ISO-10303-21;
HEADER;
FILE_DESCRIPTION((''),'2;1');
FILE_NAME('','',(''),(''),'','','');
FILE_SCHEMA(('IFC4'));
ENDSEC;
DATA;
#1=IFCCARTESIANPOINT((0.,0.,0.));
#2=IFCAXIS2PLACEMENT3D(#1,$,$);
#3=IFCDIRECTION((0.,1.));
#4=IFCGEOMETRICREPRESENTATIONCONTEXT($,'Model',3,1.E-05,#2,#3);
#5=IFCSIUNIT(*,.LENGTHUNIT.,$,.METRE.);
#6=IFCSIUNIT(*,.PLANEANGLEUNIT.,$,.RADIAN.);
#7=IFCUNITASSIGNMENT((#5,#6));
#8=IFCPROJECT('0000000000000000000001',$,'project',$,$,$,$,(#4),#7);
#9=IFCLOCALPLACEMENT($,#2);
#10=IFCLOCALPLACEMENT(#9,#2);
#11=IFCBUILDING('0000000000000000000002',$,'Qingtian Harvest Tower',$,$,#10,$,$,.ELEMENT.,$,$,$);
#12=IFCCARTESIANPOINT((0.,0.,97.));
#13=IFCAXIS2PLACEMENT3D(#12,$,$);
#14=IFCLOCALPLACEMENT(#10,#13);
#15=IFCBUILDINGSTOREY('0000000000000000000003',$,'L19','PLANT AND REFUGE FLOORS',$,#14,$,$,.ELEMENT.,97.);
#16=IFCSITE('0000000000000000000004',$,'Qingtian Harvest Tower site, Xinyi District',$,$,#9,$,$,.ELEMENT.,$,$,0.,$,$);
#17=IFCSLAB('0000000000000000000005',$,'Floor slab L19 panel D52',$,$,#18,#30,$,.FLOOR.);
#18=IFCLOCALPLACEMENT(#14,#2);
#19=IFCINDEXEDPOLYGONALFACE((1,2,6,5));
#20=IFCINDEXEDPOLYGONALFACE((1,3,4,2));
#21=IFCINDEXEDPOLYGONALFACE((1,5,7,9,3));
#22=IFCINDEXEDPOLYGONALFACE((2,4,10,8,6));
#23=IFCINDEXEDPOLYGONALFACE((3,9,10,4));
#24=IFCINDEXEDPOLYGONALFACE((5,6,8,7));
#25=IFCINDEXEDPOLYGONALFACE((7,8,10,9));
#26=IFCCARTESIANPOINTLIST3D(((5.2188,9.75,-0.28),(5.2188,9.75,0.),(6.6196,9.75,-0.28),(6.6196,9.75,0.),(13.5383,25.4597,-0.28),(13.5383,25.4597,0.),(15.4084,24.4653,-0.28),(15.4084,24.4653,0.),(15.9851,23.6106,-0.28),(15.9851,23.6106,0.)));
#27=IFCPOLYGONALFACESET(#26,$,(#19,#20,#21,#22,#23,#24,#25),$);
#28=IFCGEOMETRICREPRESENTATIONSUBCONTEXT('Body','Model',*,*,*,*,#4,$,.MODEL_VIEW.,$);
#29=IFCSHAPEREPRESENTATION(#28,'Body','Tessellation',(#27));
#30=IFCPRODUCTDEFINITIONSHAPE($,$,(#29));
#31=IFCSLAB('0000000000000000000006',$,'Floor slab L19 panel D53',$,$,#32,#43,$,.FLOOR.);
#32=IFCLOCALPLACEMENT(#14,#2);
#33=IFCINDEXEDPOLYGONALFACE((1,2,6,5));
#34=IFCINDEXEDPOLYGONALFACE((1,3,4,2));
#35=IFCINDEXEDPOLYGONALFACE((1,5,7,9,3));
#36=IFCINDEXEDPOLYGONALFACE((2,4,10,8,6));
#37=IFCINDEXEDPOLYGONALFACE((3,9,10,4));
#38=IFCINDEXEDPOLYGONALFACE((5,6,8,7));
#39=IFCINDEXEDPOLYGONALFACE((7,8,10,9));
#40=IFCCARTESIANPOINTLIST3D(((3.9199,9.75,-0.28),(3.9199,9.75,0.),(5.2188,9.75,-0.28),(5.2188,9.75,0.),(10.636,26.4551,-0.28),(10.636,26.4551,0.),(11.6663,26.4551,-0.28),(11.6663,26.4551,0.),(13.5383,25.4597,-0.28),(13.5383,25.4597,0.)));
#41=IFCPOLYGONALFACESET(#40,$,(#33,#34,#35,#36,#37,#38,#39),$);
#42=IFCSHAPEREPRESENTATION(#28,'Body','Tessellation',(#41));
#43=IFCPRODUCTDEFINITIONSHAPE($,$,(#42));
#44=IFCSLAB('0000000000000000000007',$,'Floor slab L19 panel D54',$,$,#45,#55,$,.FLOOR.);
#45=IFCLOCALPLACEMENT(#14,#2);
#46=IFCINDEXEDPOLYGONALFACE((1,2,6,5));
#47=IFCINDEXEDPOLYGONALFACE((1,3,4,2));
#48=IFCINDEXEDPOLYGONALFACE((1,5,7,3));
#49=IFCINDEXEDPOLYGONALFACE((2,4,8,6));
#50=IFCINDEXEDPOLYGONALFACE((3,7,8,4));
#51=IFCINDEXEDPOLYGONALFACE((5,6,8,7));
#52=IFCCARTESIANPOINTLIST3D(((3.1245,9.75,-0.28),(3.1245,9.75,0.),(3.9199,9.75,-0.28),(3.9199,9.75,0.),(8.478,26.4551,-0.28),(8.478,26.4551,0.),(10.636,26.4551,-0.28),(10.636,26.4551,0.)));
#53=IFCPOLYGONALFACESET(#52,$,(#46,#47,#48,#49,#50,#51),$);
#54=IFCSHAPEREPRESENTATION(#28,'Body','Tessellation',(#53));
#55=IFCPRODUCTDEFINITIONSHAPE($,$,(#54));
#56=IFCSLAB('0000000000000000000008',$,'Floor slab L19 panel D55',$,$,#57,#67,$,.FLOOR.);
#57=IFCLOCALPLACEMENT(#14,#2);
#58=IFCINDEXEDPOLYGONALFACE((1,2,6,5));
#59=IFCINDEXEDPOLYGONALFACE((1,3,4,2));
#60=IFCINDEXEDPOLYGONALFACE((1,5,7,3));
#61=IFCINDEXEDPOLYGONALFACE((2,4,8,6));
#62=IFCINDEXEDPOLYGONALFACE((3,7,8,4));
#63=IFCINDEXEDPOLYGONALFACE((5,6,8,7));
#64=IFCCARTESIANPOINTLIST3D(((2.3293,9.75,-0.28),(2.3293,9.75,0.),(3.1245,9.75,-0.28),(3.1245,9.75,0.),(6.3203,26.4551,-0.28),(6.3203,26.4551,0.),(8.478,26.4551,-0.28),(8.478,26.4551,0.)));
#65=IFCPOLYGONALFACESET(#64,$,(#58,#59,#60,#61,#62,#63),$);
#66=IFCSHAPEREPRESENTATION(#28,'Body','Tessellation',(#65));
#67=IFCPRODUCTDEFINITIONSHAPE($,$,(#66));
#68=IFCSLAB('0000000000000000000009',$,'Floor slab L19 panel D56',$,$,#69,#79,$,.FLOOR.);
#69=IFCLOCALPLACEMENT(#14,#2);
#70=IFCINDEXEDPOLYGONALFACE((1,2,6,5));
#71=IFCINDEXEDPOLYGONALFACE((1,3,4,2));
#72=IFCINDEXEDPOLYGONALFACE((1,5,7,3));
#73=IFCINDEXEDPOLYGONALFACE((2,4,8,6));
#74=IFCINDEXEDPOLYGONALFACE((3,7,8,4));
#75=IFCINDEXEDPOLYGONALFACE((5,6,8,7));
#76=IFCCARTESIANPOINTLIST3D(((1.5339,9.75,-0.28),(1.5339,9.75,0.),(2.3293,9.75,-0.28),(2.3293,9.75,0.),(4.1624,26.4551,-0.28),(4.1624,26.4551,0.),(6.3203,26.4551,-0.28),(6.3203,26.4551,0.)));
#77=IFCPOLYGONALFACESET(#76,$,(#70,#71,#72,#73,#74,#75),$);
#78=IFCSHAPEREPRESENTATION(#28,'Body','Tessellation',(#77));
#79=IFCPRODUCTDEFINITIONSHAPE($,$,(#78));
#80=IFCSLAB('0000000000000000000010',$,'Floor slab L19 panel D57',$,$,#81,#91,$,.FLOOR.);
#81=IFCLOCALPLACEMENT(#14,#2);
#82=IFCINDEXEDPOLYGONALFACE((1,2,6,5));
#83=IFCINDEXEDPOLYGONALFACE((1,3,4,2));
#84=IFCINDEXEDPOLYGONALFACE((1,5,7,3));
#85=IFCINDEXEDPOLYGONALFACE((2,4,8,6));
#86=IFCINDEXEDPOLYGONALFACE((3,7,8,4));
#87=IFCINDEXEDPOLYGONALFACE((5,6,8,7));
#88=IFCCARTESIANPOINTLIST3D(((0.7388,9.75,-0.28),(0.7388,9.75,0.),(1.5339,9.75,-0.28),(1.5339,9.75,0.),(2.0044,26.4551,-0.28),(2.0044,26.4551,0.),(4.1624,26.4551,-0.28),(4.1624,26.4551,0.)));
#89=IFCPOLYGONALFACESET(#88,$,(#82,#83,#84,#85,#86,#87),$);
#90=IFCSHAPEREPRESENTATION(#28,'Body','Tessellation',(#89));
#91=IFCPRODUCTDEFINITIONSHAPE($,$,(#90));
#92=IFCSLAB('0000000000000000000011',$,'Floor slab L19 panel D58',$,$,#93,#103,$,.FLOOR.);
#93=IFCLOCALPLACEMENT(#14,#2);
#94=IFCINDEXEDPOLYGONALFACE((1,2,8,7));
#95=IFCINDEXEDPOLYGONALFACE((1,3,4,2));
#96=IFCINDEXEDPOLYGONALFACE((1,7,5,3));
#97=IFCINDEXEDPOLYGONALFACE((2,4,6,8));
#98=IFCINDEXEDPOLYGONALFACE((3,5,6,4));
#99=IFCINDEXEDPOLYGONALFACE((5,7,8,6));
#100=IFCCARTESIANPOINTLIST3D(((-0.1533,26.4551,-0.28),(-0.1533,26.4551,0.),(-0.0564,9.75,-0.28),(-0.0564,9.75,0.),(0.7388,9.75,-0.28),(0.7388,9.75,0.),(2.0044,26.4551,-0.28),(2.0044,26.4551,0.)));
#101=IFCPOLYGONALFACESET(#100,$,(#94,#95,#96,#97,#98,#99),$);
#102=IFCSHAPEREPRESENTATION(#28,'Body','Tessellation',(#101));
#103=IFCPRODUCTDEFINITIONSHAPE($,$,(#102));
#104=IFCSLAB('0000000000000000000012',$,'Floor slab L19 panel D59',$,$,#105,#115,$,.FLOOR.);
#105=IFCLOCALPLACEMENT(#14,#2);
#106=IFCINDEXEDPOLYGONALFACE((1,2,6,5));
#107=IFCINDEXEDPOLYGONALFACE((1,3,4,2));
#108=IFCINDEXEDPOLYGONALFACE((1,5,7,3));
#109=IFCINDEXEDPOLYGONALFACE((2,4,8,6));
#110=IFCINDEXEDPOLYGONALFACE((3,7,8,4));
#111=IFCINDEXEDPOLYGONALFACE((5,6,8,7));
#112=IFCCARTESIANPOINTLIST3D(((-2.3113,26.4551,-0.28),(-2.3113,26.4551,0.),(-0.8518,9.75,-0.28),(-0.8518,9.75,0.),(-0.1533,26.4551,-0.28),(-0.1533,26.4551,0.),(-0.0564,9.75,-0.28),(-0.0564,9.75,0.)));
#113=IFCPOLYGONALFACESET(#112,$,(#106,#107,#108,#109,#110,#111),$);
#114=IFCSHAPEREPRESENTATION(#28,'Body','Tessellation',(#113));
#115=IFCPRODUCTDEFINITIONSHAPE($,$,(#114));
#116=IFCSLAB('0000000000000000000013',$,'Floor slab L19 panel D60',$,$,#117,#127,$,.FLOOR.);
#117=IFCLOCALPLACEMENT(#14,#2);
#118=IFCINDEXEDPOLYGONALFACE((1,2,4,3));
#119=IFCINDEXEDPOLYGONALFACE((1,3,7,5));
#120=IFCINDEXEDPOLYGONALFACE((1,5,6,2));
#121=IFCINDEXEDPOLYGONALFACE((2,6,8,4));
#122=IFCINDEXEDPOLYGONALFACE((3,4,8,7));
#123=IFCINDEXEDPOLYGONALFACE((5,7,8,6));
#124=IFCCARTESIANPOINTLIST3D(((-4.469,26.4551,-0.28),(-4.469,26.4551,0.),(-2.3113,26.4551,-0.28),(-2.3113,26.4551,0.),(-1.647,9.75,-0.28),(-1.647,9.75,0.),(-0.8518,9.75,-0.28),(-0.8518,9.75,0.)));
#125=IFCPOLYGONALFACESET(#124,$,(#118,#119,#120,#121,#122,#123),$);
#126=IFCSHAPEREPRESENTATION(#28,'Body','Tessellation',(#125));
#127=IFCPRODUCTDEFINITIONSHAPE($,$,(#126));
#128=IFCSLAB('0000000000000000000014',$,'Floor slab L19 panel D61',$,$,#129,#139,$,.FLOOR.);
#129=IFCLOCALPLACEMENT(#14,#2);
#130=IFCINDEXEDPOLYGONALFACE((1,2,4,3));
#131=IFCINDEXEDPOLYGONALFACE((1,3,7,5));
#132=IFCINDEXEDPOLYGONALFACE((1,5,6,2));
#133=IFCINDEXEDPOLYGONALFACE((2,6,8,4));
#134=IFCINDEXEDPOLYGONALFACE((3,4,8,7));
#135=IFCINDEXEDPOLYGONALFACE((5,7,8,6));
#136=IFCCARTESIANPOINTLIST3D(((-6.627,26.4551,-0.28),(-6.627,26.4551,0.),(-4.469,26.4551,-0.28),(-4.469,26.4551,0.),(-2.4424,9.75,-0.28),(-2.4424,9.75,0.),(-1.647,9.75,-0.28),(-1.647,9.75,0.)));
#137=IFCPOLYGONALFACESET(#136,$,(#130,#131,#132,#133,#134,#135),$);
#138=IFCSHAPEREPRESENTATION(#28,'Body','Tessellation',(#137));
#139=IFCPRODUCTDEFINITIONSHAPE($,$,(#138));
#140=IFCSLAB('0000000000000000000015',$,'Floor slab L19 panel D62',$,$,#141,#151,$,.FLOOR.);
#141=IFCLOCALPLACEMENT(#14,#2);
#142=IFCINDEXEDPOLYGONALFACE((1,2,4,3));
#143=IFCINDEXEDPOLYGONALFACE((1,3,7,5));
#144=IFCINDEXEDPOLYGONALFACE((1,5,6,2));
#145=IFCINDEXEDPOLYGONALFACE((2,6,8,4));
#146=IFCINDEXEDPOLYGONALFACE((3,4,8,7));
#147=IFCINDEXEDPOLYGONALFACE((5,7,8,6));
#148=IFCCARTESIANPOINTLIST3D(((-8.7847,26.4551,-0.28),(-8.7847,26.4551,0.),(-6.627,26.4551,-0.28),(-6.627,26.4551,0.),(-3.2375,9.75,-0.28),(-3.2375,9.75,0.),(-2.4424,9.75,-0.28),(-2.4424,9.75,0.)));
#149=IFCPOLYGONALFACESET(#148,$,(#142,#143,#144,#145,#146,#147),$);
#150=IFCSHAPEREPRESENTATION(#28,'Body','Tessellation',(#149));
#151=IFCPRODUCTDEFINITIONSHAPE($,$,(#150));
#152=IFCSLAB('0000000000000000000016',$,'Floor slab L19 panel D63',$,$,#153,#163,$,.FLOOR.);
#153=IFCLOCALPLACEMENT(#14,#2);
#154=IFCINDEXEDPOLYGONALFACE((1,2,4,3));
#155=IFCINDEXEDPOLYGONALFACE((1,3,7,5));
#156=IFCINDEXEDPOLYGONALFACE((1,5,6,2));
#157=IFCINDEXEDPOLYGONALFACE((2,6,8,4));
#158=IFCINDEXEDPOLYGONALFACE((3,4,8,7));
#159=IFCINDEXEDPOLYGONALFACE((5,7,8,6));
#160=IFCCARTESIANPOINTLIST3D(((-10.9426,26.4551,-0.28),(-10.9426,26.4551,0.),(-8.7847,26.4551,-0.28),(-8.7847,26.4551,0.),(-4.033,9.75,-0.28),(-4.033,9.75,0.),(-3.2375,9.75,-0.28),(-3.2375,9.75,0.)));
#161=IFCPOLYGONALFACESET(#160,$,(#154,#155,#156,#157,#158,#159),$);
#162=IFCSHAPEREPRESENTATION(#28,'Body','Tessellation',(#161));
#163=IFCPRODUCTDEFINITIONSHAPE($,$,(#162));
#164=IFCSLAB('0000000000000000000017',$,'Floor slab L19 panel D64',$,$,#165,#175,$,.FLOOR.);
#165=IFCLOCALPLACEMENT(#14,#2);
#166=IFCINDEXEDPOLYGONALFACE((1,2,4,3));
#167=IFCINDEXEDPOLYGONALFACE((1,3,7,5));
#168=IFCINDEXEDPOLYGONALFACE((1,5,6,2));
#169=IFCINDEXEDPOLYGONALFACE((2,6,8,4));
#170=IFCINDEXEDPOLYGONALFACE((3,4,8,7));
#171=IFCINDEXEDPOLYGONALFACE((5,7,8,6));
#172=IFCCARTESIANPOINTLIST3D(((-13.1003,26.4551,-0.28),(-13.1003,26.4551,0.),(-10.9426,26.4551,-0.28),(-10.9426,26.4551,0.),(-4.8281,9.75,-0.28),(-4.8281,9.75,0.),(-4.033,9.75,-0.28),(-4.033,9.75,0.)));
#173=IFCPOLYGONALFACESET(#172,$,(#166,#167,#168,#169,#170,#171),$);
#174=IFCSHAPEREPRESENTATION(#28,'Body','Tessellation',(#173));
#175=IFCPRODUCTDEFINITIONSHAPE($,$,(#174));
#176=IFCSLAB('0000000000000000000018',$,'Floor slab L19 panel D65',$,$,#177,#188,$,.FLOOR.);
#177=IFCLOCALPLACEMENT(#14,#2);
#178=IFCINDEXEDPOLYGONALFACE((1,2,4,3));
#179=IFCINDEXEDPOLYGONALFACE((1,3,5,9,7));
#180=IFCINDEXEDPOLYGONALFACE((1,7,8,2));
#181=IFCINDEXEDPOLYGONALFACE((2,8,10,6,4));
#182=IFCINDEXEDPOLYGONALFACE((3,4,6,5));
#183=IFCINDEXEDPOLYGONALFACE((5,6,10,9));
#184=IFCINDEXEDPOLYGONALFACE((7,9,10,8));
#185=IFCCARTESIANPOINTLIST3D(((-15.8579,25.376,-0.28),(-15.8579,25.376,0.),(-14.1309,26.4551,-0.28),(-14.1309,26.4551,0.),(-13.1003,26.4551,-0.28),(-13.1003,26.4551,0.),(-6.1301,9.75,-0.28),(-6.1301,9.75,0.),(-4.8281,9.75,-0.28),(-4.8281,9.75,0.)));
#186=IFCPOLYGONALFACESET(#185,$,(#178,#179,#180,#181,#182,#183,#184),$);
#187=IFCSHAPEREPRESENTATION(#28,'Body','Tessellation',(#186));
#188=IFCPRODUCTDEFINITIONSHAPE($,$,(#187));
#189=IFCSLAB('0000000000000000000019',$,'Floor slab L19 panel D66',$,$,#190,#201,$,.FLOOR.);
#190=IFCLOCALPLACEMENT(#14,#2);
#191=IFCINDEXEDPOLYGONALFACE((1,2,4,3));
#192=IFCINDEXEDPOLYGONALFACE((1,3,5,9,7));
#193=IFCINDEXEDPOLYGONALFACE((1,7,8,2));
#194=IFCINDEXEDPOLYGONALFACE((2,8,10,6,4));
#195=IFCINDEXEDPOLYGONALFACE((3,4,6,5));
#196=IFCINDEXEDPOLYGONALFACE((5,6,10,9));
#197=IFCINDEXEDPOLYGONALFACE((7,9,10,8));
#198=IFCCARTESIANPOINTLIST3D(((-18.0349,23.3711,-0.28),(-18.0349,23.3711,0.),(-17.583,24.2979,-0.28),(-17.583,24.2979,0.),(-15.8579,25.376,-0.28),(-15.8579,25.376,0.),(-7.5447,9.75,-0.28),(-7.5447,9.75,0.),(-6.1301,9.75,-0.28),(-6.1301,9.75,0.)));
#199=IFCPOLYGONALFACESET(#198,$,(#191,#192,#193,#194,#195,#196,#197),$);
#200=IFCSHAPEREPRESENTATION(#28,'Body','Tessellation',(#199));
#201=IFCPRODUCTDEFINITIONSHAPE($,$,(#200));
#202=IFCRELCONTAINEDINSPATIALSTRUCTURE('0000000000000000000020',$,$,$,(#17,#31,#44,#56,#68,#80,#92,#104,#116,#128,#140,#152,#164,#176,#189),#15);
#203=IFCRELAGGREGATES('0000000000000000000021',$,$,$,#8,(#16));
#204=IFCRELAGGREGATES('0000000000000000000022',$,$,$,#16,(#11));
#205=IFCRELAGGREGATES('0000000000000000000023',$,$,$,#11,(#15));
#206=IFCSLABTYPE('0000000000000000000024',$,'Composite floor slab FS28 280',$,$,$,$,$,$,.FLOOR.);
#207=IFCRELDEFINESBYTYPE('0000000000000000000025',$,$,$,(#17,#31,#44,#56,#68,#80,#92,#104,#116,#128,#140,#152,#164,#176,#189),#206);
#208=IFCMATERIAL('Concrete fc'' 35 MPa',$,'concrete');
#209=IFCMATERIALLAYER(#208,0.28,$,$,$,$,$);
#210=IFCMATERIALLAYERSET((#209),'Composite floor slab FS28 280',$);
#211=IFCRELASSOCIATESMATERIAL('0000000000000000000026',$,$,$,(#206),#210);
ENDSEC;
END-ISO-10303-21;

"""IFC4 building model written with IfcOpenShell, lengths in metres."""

from ifc_helpers import new_model, si_unit, direction, frame, origin, place, context, subcontext, project, spatial, polyline, outline, extrude, material, layer, layer_set, type_object, element, save


model = new_model("IFC4")

# Units and contexts
model_context = context("Model", 3, precision=1e-05, world=origin(), true_north=direction((0.0, 1.0)))
body_context = subcontext(model_context, "Body", "Model", "MODEL_VIEW")
ifc_project = project(units=[si_unit("LENGTHUNIT", "METRE"), si_unit("PLANEANGLEUNIT", "RADIAN")], contexts=[model_context])

# Site, building, storey
site_placement = place(None, origin())
site = spatial("IfcSite", under=ifc_project, at=site_placement, Name="Qingtian Harvest Tower site, Xinyi District", CompositionType="ELEMENT", RefElevation=0.0)
building_placement = place(site_placement, origin())
building = spatial("IfcBuilding", under=site, at=building_placement, Name="Qingtian Harvest Tower", CompositionType="ELEMENT")
storey_placement = place(building_placement, frame((0.0, 0.0, 97.0)))
storey = spatial("IfcBuildingStorey", under=building, at=storey_placement, Name="L19", Description="PLANT AND REFUGE FLOORS", CompositionType="ELEMENT", Elevation=97.0)

# Slabs
ifc_material_1 = material(Name="Concrete fc' 35 MPa", Category="concrete")
ifc_layer_1 = layer(ifc_material_1, 0.28)
ifc_layer_set_1 = layer_set([ifc_layer_1], Name="Composite floor slab FS28 280")
slab_type = type_object("IfcSlabType", Name="Composite floor slab FS28 280", PredefinedType="FLOOR", material=ifc_layer_set_1)
slab_1_placement = place(storey_placement, frame((0.0, 0.0, -0.28)))
element("IfcSlab", 1, at=slab_1_placement, inside=storey, type_object=slab_type, Name="Floor slab L19 panel D52", PredefinedType="FLOOR", context=body_context, shape_type="SweptSolid", body=[
    extrude(outline(polyline([(6.6196, 9.75), (5.2188, 9.75), (13.5383, 25.4597), (15.4084, 24.4653), (15.9851, 23.6106), (6.6196, 9.75)])), origin(), (0.0, 0.0, 1.0), 0.28),
])
slab_2_placement = place(storey_placement, frame((0.0, 0.0, -0.28)))
element("IfcSlab", 2, at=slab_2_placement, inside=storey, type_object=slab_type, Name="Floor slab L19 panel D53", PredefinedType="FLOOR", context=body_context, shape_type="SweptSolid", body=[
    extrude(outline(polyline([(3.9199, 9.75), (10.636, 26.4551), (11.6663, 26.4551), (13.5383, 25.4597), (5.2188, 9.75), (3.9199, 9.75)])), origin(), (0.0, 0.0, 1.0), 0.28),
])
slab_3_placement = place(storey_placement, frame((0.0, 0.0, -0.28)))
element("IfcSlab", 3, at=slab_3_placement, inside=storey, type_object=slab_type, Name="Floor slab L19 panel D54", PredefinedType="FLOOR", context=body_context, shape_type="SweptSolid", body=[
    extrude(outline(polyline([(3.1245, 9.75), (8.478, 26.4551), (10.636, 26.4551), (3.9199, 9.75), (3.1245, 9.75)])), origin(), (0.0, 0.0, 1.0), 0.28),
])
slab_4_placement = place(storey_placement, frame((0.0, 0.0, -0.28)))
element("IfcSlab", 4, at=slab_4_placement, inside=storey, type_object=slab_type, Name="Floor slab L19 panel D55", PredefinedType="FLOOR", context=body_context, shape_type="SweptSolid", body=[
    extrude(outline(polyline([(2.3293, 9.75), (6.3203, 26.4551), (8.478, 26.4551), (3.1245, 9.75), (2.3293, 9.75)])), origin(), (0.0, 0.0, 1.0), 0.28),
])
slab_5_placement = place(storey_placement, frame((0.0, 0.0, -0.28)))
element("IfcSlab", 5, at=slab_5_placement, inside=storey, type_object=slab_type, Name="Floor slab L19 panel D56", PredefinedType="FLOOR", context=body_context, shape_type="SweptSolid", body=[
    extrude(outline(polyline([(1.5339, 9.75), (4.1624, 26.4551), (6.3203, 26.4551), (2.3293, 9.75), (1.5339, 9.75)])), origin(), (0.0, 0.0, 1.0), 0.28),
])
slab_6_placement = place(storey_placement, frame((0.0, 0.0, -0.28)))
element("IfcSlab", 6, at=slab_6_placement, inside=storey, type_object=slab_type, Name="Floor slab L19 panel D57", PredefinedType="FLOOR", context=body_context, shape_type="SweptSolid", body=[
    extrude(outline(polyline([(0.7388, 9.75), (2.0044, 26.4551), (4.1624, 26.4551), (1.5339, 9.75), (0.7388, 9.75)])), origin(), (0.0, 0.0, 1.0), 0.28),
])
slab_7_placement = place(storey_placement, frame((0.0, 0.0, -0.28)))
element("IfcSlab", 7, at=slab_7_placement, inside=storey, type_object=slab_type, Name="Floor slab L19 panel D58", PredefinedType="FLOOR", context=body_context, shape_type="SweptSolid", body=[
    extrude(outline(polyline([(-0.0564, 9.75), (-0.1533, 26.4551), (2.0044, 26.4551), (0.7388, 9.75), (-0.0564, 9.75)])), origin(), (0.0, 0.0, 1.0), 0.28),
])
slab_8_placement = place(storey_placement, frame((0.0, 0.0, -0.28)))
element("IfcSlab", 8, at=slab_8_placement, inside=storey, type_object=slab_type, Name="Floor slab L19 panel D59", PredefinedType="FLOOR", context=body_context, shape_type="SweptSolid", body=[
    extrude(outline(polyline([(-0.8518, 9.75), (-2.3113, 26.4551), (-0.1533, 26.4551), (-0.0564, 9.75), (-0.8518, 9.75)])), origin(), (0.0, 0.0, 1.0), 0.28),
])
slab_9_placement = place(storey_placement, frame((0.0, 0.0, -0.28)))
element("IfcSlab", 9, at=slab_9_placement, inside=storey, type_object=slab_type, Name="Floor slab L19 panel D60", PredefinedType="FLOOR", context=body_context, shape_type="SweptSolid", body=[
    extrude(outline(polyline([(-1.647, 9.75), (-4.469, 26.4551), (-2.3113, 26.4551), (-0.8518, 9.75), (-1.647, 9.75)])), origin(), (0.0, 0.0, 1.0), 0.28),
])
slab_10_placement = place(storey_placement, frame((0.0, 0.0, -0.28)))
element("IfcSlab", 10, at=slab_10_placement, inside=storey, type_object=slab_type, Name="Floor slab L19 panel D61", PredefinedType="FLOOR", context=body_context, shape_type="SweptSolid", body=[
    extrude(outline(polyline([(-2.4424, 9.75), (-6.627, 26.4551), (-4.469, 26.4551), (-1.647, 9.75), (-2.4424, 9.75)])), origin(), (0.0, 0.0, 1.0), 0.28),
])
slab_11_placement = place(storey_placement, frame((0.0, 0.0, -0.28)))
element("IfcSlab", 11, at=slab_11_placement, inside=storey, type_object=slab_type, Name="Floor slab L19 panel D62", PredefinedType="FLOOR", context=body_context, shape_type="SweptSolid", body=[
    extrude(outline(polyline([(-3.2375, 9.75), (-8.7847, 26.4551), (-6.627, 26.4551), (-2.4424, 9.75), (-3.2375, 9.75)])), origin(), (0.0, 0.0, 1.0), 0.28),
])
slab_12_placement = place(storey_placement, frame((0.0, 0.0, -0.28)))
element("IfcSlab", 12, at=slab_12_placement, inside=storey, type_object=slab_type, Name="Floor slab L19 panel D63", PredefinedType="FLOOR", context=body_context, shape_type="SweptSolid", body=[
    extrude(outline(polyline([(-4.033, 9.75), (-10.9426, 26.4551), (-8.7847, 26.4551), (-3.2375, 9.75), (-4.033, 9.75)])), origin(), (0.0, 0.0, 1.0), 0.28),
])
slab_13_placement = place(storey_placement, frame((0.0, 0.0, -0.28)))
element("IfcSlab", 13, at=slab_13_placement, inside=storey, type_object=slab_type, Name="Floor slab L19 panel D64", PredefinedType="FLOOR", context=body_context, shape_type="SweptSolid", body=[
    extrude(outline(polyline([(-4.8281, 9.75), (-13.1003, 26.4551), (-10.9426, 26.4551), (-4.033, 9.75), (-4.8281, 9.75)])), origin(), (0.0, 0.0, 1.0), 0.28),
])
slab_14_placement = place(storey_placement, frame((0.0, 0.0, -0.28)))
element("IfcSlab", 14, at=slab_14_placement, inside=storey, type_object=slab_type, Name="Floor slab L19 panel D65", PredefinedType="FLOOR", context=body_context, shape_type="SweptSolid", body=[
    extrude(outline(polyline([(-4.8281, 9.75), (-6.1301, 9.75), (-15.8579, 25.376), (-14.1309, 26.4551), (-13.1003, 26.4551), (-4.8281, 9.75)])), origin(), (0.0, 0.0, 1.0), 0.28),
])
slab_15_placement = place(storey_placement, frame((0.0, 0.0, -0.28)))
element("IfcSlab", 15, at=slab_15_placement, inside=storey, type_object=slab_type, Name="Floor slab L19 panel D66", PredefinedType="FLOOR", context=body_context, shape_type="SweptSolid", body=[
    extrude(outline(polyline([(-6.1301, 9.75), (-7.5447, 9.75), (-18.0349, 23.3711), (-17.583, 24.2979), (-15.8579, 25.376), (-6.1301, 9.75)])), origin(), (0.0, 0.0, 1.0), 0.28),
])

save(model, "model.ifc")
